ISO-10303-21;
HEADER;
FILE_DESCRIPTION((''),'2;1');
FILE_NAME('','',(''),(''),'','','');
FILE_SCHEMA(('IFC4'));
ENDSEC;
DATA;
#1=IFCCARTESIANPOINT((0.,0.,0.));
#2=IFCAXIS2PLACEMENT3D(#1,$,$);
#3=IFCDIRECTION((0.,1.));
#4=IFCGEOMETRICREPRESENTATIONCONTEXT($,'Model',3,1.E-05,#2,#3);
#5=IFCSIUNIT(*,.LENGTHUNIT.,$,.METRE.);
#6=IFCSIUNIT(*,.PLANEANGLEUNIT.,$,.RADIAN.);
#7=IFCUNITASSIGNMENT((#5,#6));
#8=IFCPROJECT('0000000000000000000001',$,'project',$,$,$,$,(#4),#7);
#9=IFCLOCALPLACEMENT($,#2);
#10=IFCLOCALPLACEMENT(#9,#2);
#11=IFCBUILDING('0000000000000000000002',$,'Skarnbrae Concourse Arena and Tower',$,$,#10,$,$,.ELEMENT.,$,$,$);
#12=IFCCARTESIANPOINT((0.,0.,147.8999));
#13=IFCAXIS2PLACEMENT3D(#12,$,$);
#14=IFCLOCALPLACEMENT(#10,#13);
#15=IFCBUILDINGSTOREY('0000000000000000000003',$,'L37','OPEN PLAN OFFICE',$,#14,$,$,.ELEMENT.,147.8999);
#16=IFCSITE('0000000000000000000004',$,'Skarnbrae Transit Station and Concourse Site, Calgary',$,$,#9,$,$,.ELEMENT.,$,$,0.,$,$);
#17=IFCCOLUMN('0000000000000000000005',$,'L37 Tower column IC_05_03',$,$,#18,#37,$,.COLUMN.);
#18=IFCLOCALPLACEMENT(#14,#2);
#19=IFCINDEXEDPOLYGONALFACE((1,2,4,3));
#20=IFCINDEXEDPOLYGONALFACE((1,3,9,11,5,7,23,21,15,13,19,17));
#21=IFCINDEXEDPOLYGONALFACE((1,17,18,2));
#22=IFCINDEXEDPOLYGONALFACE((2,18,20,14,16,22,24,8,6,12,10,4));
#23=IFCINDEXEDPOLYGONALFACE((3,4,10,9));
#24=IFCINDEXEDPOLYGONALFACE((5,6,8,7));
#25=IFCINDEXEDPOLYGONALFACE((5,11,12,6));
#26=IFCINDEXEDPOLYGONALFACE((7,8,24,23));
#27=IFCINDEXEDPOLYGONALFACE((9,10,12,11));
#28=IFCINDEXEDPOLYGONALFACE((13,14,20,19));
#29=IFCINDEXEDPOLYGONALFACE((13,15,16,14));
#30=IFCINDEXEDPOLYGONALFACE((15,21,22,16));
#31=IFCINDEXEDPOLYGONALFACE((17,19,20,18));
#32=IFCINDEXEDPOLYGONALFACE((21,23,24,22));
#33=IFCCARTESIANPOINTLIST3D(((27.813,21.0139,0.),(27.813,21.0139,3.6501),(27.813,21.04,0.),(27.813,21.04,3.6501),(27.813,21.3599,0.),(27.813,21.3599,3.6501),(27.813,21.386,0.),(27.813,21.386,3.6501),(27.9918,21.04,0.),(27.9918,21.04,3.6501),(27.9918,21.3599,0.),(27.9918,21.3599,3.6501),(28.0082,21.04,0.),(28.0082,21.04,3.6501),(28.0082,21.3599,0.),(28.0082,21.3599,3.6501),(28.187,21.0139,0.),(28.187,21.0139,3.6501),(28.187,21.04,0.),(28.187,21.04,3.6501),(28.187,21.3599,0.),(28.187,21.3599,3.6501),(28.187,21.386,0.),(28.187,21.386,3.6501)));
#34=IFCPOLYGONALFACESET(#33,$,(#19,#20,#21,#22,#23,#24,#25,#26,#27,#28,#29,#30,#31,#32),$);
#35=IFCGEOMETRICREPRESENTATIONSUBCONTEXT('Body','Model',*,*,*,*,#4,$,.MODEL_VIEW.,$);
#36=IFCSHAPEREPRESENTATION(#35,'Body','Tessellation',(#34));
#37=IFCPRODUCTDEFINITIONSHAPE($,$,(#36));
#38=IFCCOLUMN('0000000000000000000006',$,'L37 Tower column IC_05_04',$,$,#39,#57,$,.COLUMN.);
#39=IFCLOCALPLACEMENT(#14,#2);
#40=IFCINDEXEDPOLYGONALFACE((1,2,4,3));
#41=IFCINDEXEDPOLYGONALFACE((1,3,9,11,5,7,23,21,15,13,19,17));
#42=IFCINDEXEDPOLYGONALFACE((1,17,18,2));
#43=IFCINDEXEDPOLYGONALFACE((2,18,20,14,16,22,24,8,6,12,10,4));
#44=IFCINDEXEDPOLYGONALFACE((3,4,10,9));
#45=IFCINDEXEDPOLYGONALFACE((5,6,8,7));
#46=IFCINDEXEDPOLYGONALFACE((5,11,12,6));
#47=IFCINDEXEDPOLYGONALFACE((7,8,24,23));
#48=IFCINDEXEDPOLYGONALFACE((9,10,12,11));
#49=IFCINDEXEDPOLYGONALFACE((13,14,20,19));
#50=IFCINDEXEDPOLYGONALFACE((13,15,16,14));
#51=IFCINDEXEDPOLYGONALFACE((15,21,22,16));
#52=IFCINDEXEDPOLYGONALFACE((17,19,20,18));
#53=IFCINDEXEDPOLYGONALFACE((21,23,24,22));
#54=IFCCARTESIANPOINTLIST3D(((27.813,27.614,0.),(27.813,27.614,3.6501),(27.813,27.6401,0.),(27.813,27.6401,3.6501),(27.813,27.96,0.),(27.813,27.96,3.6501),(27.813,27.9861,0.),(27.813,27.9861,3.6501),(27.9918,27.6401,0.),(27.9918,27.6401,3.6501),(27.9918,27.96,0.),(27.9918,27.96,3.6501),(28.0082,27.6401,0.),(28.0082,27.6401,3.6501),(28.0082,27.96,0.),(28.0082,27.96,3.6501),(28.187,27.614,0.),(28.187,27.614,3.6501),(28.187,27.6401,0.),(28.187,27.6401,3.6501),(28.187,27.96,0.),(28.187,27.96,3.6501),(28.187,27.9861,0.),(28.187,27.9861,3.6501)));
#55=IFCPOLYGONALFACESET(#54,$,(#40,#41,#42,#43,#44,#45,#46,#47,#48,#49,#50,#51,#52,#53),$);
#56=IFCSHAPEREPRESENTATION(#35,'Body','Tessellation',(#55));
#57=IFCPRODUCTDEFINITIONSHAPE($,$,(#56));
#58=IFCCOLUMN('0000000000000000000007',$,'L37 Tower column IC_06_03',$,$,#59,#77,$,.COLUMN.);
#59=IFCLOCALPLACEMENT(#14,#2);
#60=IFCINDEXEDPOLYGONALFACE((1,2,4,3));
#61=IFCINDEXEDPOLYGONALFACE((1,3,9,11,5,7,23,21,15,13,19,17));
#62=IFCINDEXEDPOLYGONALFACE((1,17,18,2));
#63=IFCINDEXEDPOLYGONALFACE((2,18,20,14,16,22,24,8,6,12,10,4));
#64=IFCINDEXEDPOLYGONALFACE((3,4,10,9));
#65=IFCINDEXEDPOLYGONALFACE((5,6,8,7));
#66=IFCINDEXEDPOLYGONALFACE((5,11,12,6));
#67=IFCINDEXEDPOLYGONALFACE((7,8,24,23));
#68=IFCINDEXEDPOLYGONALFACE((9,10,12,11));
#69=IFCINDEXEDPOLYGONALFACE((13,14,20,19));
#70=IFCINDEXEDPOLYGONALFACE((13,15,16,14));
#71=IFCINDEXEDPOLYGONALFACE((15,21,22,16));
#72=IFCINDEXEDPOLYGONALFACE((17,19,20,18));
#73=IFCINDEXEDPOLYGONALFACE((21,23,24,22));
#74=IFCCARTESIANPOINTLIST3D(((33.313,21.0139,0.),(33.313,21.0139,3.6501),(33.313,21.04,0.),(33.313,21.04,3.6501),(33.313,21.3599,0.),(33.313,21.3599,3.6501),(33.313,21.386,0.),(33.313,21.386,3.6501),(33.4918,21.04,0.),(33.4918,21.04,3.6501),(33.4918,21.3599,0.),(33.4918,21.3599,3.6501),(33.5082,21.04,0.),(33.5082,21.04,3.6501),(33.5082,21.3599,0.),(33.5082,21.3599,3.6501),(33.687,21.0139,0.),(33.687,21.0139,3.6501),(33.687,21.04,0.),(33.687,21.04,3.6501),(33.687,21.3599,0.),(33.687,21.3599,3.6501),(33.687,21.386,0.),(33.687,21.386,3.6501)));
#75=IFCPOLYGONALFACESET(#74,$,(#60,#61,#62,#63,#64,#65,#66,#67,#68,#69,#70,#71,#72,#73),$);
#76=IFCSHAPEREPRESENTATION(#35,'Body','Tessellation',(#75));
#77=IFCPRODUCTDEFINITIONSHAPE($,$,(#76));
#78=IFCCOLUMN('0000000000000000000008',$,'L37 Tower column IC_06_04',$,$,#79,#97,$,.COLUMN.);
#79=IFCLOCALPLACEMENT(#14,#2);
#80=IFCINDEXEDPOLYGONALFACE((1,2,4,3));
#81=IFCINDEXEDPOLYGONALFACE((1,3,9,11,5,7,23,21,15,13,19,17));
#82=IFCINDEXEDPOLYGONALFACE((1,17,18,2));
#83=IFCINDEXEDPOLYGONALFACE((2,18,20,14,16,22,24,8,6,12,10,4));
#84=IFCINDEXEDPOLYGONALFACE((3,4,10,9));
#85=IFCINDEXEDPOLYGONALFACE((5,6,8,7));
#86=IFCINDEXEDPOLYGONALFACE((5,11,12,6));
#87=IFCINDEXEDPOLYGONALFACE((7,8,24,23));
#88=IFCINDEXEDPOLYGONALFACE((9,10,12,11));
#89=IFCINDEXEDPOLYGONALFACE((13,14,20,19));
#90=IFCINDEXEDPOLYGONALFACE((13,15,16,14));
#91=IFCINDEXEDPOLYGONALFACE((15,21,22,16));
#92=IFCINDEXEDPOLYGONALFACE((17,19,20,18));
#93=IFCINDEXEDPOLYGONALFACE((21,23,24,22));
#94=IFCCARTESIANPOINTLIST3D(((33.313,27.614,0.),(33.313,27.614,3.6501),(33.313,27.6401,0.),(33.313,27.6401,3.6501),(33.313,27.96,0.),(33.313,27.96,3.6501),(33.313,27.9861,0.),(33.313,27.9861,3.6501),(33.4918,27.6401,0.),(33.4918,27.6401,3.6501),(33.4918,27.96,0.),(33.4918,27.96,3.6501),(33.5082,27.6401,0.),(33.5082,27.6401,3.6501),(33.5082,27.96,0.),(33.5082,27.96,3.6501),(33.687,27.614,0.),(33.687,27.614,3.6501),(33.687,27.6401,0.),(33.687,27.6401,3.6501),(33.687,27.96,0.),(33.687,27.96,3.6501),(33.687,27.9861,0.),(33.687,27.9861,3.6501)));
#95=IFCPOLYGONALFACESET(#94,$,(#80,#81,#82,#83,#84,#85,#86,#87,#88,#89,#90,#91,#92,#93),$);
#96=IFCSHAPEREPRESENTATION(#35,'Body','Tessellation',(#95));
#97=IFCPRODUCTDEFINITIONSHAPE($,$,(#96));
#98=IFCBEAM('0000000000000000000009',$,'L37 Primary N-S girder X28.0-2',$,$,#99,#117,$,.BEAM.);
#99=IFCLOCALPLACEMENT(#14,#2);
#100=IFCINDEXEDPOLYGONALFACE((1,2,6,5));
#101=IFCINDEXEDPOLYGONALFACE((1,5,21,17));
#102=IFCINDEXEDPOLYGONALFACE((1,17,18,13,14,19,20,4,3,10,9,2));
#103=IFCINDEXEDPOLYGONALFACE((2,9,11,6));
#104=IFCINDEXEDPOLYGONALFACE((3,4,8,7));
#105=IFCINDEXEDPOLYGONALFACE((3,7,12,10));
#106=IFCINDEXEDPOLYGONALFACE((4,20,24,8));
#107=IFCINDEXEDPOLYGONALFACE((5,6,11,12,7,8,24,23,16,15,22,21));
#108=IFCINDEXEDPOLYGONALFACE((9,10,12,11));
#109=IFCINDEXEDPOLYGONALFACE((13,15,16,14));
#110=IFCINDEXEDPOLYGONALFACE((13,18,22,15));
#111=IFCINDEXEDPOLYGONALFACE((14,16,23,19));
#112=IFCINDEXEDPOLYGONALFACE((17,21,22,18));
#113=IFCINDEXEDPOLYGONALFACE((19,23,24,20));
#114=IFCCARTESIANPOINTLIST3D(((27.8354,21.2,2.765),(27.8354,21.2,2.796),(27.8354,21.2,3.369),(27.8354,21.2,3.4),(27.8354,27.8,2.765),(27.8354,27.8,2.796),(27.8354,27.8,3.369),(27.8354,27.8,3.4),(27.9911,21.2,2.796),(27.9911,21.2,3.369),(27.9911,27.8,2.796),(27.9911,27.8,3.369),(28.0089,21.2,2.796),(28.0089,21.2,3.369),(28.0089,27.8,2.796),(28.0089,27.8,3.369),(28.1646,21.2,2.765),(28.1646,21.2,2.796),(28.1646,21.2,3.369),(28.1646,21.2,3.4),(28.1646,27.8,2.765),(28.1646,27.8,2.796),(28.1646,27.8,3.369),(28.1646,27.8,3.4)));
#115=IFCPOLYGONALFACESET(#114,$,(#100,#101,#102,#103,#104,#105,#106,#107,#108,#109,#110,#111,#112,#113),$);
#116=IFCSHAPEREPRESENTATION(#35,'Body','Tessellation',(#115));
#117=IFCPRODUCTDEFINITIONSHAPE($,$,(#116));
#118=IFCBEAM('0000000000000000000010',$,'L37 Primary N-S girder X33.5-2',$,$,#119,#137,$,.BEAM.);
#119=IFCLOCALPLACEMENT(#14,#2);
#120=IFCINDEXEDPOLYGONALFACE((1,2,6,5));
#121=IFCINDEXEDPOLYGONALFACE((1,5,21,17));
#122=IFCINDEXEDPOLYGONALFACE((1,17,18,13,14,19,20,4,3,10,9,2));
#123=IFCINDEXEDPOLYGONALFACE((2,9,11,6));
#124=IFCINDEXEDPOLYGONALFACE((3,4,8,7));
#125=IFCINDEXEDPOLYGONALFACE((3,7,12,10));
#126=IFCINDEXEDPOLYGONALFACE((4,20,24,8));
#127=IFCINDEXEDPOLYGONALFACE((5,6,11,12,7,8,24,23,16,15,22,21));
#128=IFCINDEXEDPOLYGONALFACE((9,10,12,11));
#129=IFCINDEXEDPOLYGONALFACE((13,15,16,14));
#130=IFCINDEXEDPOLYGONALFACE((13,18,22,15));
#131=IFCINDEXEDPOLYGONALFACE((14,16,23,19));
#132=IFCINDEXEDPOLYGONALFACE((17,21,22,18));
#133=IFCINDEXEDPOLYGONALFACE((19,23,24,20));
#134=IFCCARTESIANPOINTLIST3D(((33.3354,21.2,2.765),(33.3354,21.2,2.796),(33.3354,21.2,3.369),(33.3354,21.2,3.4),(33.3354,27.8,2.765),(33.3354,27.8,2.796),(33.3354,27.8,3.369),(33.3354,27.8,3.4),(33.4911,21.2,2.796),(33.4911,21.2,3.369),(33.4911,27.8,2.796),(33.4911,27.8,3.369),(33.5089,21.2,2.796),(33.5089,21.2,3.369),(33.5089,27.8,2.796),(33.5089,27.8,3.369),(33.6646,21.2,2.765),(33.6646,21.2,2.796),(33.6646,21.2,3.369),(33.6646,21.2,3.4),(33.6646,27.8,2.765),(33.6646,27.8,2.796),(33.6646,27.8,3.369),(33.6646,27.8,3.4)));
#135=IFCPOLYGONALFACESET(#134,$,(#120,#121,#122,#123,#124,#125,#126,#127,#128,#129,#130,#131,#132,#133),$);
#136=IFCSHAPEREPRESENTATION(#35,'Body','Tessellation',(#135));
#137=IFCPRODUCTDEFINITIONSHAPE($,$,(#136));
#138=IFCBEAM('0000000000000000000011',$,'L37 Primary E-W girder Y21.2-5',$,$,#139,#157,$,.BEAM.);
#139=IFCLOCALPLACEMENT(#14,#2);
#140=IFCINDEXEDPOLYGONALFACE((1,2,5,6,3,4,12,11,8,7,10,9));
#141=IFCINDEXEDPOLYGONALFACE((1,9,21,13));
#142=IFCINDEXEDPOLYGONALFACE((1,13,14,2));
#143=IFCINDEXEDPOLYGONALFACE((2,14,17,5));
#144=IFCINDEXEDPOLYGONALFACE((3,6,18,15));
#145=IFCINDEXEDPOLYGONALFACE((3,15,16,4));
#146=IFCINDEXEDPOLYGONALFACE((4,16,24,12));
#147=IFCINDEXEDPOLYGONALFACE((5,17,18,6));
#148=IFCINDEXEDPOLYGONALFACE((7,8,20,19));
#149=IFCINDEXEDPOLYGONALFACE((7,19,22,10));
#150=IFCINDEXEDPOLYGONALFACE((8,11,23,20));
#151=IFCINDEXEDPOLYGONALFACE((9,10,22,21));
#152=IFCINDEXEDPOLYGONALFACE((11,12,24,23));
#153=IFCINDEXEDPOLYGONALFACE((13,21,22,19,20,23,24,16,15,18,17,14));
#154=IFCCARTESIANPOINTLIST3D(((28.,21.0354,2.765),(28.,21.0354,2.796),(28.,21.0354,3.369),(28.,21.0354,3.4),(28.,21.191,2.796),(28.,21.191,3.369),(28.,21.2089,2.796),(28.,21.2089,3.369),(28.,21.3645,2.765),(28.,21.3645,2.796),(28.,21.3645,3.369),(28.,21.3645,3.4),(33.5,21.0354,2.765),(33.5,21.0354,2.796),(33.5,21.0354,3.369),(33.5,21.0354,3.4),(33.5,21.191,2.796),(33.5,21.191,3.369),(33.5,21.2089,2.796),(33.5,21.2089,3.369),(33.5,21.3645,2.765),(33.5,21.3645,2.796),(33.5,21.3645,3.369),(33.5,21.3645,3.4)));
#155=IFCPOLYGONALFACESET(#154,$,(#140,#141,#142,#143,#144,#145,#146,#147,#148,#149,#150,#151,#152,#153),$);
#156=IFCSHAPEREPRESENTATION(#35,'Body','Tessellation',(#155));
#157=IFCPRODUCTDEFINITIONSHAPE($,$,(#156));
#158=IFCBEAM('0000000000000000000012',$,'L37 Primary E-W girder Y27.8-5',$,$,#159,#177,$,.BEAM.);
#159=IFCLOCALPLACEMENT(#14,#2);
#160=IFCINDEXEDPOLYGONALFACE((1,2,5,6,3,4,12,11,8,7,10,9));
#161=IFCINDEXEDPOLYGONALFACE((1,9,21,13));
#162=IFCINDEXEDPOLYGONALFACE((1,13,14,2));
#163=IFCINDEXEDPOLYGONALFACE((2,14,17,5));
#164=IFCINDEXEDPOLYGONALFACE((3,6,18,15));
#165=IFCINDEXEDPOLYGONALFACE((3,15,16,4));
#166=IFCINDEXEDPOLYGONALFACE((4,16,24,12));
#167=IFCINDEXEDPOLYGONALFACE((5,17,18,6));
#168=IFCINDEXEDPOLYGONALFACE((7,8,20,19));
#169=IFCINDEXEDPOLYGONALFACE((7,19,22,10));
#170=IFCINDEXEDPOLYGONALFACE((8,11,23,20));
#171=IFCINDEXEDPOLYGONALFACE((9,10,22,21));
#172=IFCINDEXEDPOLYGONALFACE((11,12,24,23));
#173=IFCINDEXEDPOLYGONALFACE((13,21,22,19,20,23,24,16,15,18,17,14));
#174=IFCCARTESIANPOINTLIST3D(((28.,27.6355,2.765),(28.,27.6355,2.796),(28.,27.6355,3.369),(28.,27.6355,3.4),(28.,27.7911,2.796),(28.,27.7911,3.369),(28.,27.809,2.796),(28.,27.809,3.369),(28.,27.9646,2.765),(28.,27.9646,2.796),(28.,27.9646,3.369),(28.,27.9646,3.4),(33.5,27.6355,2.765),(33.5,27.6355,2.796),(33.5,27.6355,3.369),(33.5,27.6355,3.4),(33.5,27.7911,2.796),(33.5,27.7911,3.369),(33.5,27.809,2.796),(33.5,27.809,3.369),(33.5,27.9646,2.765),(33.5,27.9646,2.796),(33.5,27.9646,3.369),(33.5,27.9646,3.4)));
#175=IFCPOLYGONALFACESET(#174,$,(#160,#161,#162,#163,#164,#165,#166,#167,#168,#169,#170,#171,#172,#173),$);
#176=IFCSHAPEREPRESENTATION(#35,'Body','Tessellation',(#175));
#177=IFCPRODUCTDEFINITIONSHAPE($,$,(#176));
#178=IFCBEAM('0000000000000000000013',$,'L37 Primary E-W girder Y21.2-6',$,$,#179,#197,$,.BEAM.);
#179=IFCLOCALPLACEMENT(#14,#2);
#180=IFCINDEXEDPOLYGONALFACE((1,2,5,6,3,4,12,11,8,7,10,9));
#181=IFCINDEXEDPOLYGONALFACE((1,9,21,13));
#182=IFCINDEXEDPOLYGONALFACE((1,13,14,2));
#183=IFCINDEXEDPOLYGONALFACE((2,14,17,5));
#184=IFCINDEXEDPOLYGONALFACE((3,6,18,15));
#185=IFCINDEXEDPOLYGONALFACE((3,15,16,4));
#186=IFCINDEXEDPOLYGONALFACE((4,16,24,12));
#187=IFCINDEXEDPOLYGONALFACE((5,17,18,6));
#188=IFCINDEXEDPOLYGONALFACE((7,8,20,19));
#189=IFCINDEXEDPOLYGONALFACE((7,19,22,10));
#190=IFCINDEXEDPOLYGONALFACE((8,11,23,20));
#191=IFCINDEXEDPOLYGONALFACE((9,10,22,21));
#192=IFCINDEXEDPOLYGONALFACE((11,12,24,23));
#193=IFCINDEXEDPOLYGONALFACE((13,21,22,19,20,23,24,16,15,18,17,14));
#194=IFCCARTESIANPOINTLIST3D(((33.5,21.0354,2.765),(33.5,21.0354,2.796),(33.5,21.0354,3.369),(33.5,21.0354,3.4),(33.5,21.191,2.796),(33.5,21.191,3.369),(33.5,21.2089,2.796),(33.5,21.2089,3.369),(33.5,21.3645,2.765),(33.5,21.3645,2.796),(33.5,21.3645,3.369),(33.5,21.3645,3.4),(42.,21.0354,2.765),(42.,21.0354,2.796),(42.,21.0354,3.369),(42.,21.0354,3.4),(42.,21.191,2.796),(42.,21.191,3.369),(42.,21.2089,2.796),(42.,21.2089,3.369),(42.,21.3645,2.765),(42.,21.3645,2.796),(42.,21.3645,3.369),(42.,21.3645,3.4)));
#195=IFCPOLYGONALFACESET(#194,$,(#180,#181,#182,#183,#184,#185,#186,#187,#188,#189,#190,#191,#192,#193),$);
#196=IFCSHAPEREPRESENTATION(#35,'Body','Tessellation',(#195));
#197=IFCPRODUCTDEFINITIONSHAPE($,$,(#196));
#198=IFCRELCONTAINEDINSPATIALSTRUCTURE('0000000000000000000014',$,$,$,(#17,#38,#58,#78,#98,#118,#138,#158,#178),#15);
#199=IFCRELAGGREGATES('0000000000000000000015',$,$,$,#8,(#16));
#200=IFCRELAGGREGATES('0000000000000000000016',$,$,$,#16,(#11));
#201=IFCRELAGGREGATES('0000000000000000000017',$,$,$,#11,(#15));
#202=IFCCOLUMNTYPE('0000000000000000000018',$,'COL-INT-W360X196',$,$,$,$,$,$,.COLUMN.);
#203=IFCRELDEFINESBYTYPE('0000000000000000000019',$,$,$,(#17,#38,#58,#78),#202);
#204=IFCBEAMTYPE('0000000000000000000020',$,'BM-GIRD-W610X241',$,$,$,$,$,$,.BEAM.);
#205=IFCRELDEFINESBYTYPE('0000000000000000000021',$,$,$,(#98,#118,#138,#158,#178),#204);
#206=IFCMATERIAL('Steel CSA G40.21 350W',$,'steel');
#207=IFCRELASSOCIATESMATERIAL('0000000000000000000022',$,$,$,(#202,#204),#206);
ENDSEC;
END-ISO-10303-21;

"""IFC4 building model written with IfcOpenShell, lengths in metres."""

from ifc_helpers import new_model, si_unit, direction, frame, origin, origin_2d, place, context, subcontext, project, spatial, i_section, extrude, source, transform, mapped, material, material_profile, profile_set, type_object, element, save


model = new_model("IFC4")

# Units and contexts
model_context = context("Model", 3, precision=1e-05, world=origin(), true_north=direction((0.0, 1.0)))
body_context = subcontext(model_context, "Body", "Model", "MODEL_VIEW")
ifc_project = project(units=[si_unit("LENGTHUNIT", "METRE"), si_unit("PLANEANGLEUNIT", "RADIAN")], contexts=[model_context])

# Site, building, storey
site_placement = place(None, origin())
site = spatial("IfcSite", under=ifc_project, at=site_placement, Name="Skarnbrae Transit Station and Concourse Site, Calgary", CompositionType="ELEMENT", RefElevation=0.0)
building_placement = place(site_placement, origin())
building = spatial("IfcBuilding", under=site, at=building_placement, Name="Skarnbrae Concourse Arena and Tower", CompositionType="ELEMENT")
storey_placement = place(building_placement, frame((0.0, 0.0, 147.8999)))
storey = spatial("IfcBuildingStorey", under=building, at=storey_placement, Name="L37", Description="OPEN PLAN OFFICE", CompositionType="ELEMENT", Elevation=147.8999)

# Columns
ifc_material_1 = material(Name="Steel CSA G40.21 350W", Category="steel")
ifc_material_profile_1 = material_profile(ifc_material_1, i_section(OverallWidth=0.374, OverallDepth=0.3721, WebThickness=0.0164, FlangeThickness=0.0261, at=origin_2d()), Name="W360X196")
ifc_profile_set_1 = profile_set([ifc_material_profile_1], Name="Steel CSA G40.21 350W")
column_type = type_object("IfcColumnType", Name="COL-INT-W360X196", PredefinedType="COLUMN", material=ifc_profile_set_1)
shared_shape_1 = source(origin(), body_context, "Body", "SweptSolid", [
    extrude(i_section(OverallWidth=0.374, OverallDepth=0.3721, WebThickness=0.0164, FlangeThickness=0.0261, at=origin_2d()), origin(), (0.0, 0.0, 1.0), 3.6501),
])
for number, where, z_axis, x_axis, name in (
    (1, (28.0, 21.2, 0.0), (0.0, 0.0, 1.0), (1.0, 0.0, 0.0), "L37 Tower column IC_05_03"),
    (2, (28.0, 27.8, 0.0), (0.0, 0.0, 1.0), (1.0, 0.0, 0.0), "L37 Tower column IC_05_04"),
    (3, (33.5, 21.2, 0.0), (0.0, 0.0, 1.0), (1.0, 0.0, 0.0), "L37 Tower column IC_06_03"),
    (4, (33.5, 27.8, 0.0), (0.0, 0.0, 1.0), (1.0, 0.0, 0.0), "L37 Tower column IC_06_04"),
):
    element("IfcColumn", number, at=place(storey_placement, frame(where, z_axis=z_axis, x_axis=x_axis)), inside=storey, type_object=column_type, Name=name, PredefinedType="COLUMN", context=body_context, shape_type="MappedRepresentation", body=[
        mapped(shared_shape_1, transform((0.0, 0.0, 0.0))),
    ])

# Beams
ifc_material_profile_2 = material_profile(ifc_material_1, i_section(OverallWidth=0.3291, OverallDepth=0.635, WebThickness=0.0178, FlangeThickness=0.031, at=origin_2d()), Name="W610X241")
ifc_profile_set_2 = profile_set([ifc_material_profile_2], Name="Steel CSA G40.21 350W")
beam_type_1 = type_object("IfcBeamType", Name="BM-GIRD-W610X241", PredefinedType="BEAM", material=ifc_profile_set_2)
shared_shape_2 = source(origin(), body_context, "Body", "SweptSolid", [
    extrude(i_section(OverallWidth=0.3291, OverallDepth=0.635, WebThickness=0.0178, FlangeThickness=0.031, at=origin_2d()), origin(), (0.0, 0.0, 1.0), 6.6001),
])
for number, where, z_axis, x_axis, name in (
    (5, (28.0, 21.2, 3.0825), (0.0, 1.0, 0.0), (-1.0, 0.0, 0.0), "L37 Primary N-S girder X28.0-2"),
    (6, (33.5, 21.2, 3.0825), (0.0, 1.0, 0.0), (-1.0, 0.0, 0.0), "L37 Primary N-S girder X33.5-2"),
):
    element("IfcBeam", number, at=place(storey_placement, frame(where, z_axis=z_axis, x_axis=x_axis)), inside=storey, type_object=beam_type_1, Name=name, PredefinedType="BEAM", context=body_context, shape_type="MappedRepresentation", body=[
        mapped(shared_shape_2, transform((0.0, 0.0, 0.0))),
    ])
shared_shape_3 = source(origin(), body_context, "Body", "SweptSolid", [
    extrude(i_section(OverallWidth=0.3291, OverallDepth=0.635, WebThickness=0.0178, FlangeThickness=0.031, at=origin_2d()), origin(), (0.0, 0.0, 1.0), 5.5),
])
for number, where, z_axis, x_axis, name in (
    (7, (28.0, 21.2, 3.0825), (1.0, 0.0, 0.0), (0.0, 1.0, 0.0), "L37 Primary E-W girder Y21.2-5"),
    (8, (28.0, 27.8, 3.0825), (1.0, 0.0, 0.0), (0.0, 1.0, 0.0), "L37 Primary E-W girder Y27.8-5"),
):
    element("IfcBeam", number, at=place(storey_placement, frame(where, z_axis=z_axis, x_axis=x_axis)), inside=storey, type_object=beam_type_1, Name=name, PredefinedType="BEAM", context=body_context, shape_type="MappedRepresentation", body=[
        mapped(shared_shape_3, transform((0.0, 0.0, 0.0))),
    ])
shared_shape_4 = source(origin(), body_context, "Body", "SweptSolid", [
    extrude(i_section(OverallWidth=0.3291, OverallDepth=0.635, WebThickness=0.0178, FlangeThickness=0.031, at=origin_2d()), origin(), (0.0, 0.0, 1.0), 8.5),
])
for number, where, z_axis, x_axis, name in (
    (9, (33.5, 21.2, 3.0825), (1.0, 0.0, 0.0), (0.0, 1.0, 0.0), "L37 Primary E-W girder Y21.2-6"),
):
    element("IfcBeam", number, at=place(storey_placement, frame(where, z_axis=z_axis, x_axis=x_axis)), inside=storey, type_object=beam_type_1, Name=name, PredefinedType="BEAM", context=body_context, shape_type="MappedRepresentation", body=[
        mapped(shared_shape_4, transform((0.0, 0.0, 0.0))),
    ])

save(model, "model.ifc")
